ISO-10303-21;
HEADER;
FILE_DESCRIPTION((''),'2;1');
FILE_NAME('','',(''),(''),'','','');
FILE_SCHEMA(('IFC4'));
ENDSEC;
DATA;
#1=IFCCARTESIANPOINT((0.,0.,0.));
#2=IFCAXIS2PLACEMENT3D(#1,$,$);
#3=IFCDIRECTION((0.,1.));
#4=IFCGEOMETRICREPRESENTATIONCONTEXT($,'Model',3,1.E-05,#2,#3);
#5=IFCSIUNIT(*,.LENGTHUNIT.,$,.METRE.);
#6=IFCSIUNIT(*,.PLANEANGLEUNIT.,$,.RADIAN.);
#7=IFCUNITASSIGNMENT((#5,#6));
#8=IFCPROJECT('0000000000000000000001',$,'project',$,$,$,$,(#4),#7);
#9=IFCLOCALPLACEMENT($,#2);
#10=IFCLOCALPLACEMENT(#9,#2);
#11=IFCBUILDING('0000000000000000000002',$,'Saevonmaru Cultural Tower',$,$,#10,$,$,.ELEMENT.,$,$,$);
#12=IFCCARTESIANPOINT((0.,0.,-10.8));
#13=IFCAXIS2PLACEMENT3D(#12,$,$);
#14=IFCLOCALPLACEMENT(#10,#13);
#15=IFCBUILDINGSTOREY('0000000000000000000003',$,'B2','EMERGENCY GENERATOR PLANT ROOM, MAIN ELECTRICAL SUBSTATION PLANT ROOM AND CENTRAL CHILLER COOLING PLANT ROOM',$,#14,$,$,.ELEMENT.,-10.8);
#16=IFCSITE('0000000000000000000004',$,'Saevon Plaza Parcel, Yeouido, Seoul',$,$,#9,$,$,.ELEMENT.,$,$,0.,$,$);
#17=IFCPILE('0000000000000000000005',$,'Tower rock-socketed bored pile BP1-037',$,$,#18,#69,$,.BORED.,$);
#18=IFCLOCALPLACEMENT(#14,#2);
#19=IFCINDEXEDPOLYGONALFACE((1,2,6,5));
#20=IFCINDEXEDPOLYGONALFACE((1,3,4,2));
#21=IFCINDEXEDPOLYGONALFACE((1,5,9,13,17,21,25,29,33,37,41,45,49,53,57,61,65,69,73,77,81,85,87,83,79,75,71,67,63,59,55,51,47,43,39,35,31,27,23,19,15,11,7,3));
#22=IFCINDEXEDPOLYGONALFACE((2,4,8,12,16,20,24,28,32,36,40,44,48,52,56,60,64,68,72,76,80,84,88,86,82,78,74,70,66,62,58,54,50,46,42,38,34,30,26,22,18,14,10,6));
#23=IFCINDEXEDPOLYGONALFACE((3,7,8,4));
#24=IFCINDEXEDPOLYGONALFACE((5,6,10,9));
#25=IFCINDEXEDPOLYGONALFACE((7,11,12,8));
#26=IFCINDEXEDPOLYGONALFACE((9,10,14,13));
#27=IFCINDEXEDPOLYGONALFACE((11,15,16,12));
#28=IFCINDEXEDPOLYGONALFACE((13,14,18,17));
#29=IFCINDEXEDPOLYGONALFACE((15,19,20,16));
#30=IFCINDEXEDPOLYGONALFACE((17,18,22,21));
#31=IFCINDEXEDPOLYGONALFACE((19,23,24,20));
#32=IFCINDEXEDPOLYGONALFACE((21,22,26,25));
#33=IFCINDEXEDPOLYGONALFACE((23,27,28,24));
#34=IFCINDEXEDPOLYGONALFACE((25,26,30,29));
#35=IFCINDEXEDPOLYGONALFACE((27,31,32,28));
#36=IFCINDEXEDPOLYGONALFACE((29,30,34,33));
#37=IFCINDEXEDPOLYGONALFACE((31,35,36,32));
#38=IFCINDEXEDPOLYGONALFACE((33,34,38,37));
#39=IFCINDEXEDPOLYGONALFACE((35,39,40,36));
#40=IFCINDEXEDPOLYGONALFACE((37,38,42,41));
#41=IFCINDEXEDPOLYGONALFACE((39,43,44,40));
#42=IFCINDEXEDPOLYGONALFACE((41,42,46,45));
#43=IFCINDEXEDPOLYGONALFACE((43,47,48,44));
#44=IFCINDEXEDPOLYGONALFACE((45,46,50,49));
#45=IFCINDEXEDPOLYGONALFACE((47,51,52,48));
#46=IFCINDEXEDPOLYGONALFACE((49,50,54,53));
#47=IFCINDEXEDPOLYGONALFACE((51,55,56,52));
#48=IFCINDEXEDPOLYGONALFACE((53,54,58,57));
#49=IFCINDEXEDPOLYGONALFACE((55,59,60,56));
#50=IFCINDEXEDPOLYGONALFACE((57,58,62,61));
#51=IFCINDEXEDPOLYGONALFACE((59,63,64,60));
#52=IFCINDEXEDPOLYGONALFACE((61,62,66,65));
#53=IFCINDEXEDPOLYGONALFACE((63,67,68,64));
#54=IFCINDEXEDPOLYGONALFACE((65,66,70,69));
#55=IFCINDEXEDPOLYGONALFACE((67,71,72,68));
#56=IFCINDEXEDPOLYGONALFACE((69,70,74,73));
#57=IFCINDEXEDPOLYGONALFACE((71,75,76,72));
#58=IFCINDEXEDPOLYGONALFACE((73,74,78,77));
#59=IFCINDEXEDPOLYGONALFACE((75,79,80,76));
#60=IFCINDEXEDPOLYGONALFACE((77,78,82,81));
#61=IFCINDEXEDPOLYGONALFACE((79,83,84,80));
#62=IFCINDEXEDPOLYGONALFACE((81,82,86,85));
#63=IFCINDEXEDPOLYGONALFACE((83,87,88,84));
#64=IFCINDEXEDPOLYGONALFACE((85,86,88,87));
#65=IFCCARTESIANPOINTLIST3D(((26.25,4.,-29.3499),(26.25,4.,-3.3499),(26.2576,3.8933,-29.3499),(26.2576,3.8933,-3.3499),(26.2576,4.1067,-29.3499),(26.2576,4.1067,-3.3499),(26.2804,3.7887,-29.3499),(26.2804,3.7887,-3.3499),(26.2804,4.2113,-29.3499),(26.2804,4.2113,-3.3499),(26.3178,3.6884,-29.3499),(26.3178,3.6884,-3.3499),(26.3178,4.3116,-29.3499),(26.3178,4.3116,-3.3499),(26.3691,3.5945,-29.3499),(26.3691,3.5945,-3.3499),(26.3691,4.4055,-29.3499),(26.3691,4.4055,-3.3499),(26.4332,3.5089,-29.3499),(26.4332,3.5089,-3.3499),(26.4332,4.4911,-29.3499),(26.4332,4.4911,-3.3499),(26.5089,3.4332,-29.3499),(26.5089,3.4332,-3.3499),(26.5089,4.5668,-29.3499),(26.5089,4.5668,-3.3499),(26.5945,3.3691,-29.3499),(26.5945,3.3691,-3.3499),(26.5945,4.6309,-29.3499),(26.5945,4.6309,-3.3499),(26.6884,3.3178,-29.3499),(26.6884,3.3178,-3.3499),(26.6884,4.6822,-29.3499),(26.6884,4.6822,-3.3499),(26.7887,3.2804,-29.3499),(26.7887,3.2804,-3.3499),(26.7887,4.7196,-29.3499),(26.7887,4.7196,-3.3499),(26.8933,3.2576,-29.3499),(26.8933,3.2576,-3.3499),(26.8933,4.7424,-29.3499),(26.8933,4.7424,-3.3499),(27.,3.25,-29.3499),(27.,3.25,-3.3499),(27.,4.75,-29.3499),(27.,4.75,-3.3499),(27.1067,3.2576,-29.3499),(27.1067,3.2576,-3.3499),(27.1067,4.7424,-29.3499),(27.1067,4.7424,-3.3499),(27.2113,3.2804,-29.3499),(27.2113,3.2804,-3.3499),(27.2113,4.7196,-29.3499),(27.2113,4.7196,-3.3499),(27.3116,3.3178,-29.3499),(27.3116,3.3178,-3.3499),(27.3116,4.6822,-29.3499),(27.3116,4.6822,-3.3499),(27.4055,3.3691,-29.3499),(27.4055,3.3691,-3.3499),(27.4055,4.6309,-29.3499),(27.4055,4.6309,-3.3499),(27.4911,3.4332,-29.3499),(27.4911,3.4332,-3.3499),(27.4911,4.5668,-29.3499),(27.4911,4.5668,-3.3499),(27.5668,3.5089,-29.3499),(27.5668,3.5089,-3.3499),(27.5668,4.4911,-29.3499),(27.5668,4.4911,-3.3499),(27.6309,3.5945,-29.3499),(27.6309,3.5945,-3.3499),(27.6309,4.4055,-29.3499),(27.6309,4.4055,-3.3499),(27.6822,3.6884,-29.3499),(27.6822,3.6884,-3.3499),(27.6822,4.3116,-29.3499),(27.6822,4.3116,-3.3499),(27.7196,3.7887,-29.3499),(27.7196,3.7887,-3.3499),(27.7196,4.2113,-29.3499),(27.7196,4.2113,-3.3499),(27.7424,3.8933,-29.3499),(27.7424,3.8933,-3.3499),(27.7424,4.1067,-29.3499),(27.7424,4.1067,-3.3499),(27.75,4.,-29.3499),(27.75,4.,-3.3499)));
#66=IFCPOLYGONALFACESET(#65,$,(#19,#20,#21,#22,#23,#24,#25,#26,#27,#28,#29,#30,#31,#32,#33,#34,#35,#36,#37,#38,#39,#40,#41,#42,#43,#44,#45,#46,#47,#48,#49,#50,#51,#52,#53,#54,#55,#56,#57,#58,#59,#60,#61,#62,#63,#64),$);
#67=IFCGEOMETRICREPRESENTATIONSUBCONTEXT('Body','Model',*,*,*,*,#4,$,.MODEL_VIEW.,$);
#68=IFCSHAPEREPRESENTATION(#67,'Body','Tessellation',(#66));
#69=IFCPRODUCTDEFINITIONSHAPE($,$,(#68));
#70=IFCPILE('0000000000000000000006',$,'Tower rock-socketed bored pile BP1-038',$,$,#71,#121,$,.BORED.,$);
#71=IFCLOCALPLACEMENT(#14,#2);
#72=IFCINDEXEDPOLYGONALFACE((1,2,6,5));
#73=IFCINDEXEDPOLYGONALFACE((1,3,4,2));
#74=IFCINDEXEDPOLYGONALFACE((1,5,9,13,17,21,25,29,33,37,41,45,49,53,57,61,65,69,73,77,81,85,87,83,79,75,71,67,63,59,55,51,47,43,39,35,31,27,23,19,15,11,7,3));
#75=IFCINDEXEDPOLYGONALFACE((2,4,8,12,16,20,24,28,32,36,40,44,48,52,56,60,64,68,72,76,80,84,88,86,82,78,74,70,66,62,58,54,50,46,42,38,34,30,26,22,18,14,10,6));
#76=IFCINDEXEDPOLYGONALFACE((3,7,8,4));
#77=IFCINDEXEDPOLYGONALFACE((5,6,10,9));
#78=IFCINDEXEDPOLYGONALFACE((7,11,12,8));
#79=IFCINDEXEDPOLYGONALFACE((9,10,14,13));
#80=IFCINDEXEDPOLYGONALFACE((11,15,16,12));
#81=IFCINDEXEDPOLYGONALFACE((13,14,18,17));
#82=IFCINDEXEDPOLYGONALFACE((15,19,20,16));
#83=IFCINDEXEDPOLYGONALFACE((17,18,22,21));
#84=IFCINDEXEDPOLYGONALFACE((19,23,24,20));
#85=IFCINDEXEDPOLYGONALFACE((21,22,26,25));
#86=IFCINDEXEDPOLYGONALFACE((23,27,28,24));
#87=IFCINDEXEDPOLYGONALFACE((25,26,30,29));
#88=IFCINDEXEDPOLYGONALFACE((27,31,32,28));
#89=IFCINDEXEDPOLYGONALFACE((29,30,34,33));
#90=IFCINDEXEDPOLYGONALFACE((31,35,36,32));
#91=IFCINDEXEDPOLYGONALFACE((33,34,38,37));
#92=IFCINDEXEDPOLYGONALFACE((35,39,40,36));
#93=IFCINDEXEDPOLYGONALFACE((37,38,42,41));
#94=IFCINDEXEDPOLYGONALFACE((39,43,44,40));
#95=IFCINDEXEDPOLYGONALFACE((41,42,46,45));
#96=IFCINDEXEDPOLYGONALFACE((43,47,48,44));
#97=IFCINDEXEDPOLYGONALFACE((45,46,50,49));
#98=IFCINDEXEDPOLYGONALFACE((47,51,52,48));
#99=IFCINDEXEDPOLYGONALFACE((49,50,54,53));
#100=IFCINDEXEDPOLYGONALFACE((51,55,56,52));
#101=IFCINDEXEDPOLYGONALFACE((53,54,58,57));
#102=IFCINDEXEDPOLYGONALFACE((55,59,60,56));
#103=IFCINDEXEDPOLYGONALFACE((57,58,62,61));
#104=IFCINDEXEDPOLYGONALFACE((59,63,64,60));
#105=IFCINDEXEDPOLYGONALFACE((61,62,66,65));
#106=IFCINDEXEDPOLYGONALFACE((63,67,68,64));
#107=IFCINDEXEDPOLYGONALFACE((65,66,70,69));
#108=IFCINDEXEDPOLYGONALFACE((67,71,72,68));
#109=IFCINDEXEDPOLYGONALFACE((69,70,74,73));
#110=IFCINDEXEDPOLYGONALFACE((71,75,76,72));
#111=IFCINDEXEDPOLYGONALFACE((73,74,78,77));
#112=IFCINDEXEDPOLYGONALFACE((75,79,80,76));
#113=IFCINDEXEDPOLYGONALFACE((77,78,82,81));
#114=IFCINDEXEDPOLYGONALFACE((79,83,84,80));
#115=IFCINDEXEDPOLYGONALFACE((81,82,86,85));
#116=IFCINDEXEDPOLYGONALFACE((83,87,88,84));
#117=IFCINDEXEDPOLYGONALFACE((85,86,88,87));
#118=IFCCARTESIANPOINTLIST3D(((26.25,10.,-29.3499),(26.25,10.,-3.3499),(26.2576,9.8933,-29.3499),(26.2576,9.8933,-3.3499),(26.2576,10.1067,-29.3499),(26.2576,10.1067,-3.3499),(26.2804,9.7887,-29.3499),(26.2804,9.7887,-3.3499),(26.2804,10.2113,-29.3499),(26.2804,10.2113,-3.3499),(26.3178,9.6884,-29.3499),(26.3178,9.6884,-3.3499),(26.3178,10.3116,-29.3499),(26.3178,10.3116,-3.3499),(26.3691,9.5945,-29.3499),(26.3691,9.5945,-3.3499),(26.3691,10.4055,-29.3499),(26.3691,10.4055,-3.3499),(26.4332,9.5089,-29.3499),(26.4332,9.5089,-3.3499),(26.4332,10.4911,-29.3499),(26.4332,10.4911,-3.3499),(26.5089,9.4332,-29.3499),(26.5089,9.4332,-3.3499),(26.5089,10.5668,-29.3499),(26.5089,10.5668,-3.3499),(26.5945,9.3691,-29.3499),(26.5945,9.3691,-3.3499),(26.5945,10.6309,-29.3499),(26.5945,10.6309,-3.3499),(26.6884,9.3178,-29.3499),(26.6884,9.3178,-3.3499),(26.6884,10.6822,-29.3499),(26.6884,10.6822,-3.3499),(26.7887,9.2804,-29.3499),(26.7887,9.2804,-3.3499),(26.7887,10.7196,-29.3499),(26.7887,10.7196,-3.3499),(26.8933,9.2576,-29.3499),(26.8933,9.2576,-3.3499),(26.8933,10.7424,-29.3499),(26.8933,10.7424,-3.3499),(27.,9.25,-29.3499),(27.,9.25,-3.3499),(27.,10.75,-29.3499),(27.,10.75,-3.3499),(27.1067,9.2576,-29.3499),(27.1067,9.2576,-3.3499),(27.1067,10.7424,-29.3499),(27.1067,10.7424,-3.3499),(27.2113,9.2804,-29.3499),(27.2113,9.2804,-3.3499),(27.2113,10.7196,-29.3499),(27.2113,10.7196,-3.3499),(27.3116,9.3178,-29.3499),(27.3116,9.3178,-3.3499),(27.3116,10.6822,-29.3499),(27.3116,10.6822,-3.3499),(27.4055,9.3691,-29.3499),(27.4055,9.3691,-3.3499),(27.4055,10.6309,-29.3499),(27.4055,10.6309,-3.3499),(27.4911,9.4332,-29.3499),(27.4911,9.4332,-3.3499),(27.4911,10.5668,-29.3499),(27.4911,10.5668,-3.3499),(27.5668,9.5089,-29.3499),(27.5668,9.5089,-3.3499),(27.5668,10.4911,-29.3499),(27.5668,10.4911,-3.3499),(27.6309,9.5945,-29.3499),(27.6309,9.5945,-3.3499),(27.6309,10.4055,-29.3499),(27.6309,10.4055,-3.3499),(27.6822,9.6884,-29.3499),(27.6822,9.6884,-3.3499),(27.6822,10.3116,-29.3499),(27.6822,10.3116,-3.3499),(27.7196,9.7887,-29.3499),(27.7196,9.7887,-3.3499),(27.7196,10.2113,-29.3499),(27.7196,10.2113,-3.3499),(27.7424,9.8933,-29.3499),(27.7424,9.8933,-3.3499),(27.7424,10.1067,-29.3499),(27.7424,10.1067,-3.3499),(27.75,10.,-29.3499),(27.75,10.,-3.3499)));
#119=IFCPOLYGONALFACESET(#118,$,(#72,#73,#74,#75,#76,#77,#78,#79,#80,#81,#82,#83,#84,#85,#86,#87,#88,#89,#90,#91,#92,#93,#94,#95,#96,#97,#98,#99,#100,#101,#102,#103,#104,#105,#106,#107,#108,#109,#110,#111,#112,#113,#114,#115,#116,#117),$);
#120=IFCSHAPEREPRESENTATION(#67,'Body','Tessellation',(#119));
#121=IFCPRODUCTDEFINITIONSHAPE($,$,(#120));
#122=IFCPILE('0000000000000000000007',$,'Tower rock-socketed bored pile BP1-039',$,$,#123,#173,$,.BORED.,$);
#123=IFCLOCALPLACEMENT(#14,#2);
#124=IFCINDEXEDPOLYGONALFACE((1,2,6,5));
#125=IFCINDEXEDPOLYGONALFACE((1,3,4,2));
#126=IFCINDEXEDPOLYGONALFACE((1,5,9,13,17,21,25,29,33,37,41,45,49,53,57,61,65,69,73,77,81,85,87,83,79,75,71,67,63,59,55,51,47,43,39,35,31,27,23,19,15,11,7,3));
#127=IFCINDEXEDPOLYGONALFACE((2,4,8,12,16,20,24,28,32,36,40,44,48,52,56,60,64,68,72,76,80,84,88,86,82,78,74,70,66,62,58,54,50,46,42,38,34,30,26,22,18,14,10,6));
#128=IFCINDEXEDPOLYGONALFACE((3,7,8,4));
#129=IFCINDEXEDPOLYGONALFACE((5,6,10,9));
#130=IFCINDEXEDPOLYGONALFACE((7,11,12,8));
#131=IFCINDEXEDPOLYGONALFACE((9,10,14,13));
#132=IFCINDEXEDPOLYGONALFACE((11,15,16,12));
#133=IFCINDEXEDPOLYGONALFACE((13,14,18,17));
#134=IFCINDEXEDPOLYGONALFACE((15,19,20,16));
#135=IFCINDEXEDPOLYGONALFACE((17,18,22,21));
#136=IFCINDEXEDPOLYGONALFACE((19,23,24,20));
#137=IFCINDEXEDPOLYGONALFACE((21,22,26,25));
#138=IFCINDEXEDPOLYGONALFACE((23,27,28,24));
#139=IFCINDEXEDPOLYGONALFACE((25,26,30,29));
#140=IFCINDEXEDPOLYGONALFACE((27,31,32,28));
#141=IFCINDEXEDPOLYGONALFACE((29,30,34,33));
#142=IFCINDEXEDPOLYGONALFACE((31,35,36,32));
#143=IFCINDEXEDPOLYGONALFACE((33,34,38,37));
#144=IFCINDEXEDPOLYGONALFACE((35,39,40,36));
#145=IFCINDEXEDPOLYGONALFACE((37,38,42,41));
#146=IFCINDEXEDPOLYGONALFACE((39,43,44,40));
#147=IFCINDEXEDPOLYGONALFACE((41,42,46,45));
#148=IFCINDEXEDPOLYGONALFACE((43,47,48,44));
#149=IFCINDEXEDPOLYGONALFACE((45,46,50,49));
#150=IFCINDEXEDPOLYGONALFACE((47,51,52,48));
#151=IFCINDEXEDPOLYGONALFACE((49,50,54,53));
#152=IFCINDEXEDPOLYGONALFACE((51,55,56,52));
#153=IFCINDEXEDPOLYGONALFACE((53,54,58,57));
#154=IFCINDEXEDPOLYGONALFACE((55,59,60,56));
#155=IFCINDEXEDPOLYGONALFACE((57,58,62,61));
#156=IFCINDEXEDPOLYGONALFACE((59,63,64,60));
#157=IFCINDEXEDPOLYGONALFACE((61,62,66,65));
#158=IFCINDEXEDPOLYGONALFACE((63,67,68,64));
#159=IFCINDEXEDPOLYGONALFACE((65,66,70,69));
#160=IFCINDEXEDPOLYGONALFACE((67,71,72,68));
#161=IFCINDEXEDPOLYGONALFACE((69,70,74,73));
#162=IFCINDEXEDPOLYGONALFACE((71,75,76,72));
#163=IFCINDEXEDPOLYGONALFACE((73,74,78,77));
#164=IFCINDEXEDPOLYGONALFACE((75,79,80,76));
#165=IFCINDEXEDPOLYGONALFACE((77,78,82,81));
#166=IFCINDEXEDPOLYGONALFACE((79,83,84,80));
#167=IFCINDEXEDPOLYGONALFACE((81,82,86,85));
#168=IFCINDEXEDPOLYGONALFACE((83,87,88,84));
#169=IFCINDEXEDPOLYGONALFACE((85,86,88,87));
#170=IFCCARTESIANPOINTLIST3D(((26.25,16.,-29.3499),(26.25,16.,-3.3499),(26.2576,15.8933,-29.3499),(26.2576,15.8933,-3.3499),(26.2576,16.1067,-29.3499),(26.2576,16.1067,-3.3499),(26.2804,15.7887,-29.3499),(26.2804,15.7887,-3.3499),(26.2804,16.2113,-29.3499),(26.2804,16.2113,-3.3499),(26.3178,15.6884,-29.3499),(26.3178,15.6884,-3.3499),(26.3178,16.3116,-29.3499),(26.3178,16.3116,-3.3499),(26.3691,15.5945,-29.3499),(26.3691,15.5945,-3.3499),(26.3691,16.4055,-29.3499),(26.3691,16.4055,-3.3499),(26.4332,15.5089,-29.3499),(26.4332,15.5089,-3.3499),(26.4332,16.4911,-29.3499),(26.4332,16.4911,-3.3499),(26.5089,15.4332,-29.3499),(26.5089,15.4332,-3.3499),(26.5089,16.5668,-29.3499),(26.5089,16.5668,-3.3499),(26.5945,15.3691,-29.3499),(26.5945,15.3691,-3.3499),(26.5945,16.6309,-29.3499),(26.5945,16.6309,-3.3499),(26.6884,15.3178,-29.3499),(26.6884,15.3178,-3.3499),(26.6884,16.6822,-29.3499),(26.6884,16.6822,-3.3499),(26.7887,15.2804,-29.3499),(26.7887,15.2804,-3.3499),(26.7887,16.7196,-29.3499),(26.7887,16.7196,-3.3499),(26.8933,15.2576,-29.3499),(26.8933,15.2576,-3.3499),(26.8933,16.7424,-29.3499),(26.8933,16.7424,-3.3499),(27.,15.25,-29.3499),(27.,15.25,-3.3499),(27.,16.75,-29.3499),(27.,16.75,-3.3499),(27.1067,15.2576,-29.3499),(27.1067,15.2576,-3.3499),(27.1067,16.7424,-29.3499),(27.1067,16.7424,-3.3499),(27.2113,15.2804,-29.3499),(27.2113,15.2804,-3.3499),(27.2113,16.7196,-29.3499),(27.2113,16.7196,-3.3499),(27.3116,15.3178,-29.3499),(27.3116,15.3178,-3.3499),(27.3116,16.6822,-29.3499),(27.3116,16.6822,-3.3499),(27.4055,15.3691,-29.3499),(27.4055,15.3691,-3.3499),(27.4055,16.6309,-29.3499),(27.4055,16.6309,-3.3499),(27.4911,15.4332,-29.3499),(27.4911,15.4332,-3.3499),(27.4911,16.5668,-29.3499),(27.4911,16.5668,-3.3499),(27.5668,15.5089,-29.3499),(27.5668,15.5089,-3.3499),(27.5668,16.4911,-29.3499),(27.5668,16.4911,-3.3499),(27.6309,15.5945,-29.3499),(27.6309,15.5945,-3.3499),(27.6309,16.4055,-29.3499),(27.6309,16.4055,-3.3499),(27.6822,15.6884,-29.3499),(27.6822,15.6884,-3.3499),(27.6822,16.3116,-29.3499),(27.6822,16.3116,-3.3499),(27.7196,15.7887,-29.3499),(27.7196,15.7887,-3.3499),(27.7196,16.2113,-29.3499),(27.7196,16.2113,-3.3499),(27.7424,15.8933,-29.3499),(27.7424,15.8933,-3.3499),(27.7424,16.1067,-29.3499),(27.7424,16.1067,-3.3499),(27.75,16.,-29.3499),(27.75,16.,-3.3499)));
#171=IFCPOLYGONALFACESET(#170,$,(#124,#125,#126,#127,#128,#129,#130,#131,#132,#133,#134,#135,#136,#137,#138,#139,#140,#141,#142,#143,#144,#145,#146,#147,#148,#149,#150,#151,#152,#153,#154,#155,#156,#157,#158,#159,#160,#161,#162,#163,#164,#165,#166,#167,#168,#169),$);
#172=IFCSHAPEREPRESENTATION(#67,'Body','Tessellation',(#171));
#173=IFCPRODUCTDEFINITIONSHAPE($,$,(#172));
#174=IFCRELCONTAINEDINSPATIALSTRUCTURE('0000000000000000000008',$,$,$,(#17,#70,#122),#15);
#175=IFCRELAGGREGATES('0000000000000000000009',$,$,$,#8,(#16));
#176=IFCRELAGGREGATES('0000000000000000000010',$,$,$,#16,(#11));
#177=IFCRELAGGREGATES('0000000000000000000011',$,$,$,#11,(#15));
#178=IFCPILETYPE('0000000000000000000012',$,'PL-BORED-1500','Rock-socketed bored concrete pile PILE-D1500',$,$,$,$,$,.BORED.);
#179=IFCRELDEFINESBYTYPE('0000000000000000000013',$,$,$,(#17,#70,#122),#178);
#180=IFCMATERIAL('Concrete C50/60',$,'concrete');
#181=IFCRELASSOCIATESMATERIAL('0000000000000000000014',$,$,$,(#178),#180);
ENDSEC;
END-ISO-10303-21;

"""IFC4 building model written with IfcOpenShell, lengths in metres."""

from ifc_helpers import new_model, si_unit, direction, frame, origin, origin_2d, place, context, subcontext, project, spatial, circle, extrude, material, material_profile, profile_set, type_object, element, save


model = new_model("IFC4")

# Units and contexts
model_context = context("Model", 3, precision=1e-05, world=origin(), true_north=direction((0.0, 1.0)))
body_context = subcontext(model_context, "Body", "Model", "MODEL_VIEW")
ifc_project = project(units=[si_unit("LENGTHUNIT", "METRE"), si_unit("PLANEANGLEUNIT", "RADIAN")], contexts=[model_context])

# Site, building, storey
site_placement = place(None, origin())
site = spatial("IfcSite", under=ifc_project, at=site_placement, Name="Saevon Plaza Parcel, Yeouido, Seoul", CompositionType="ELEMENT", RefElevation=0.0)
building_placement = place(site_placement, origin())
building = spatial("IfcBuilding", under=site, at=building_placement, Name="Saevonmaru Cultural Tower", CompositionType="ELEMENT")
storey_placement = place(building_placement, frame((0.0, 0.0, -10.8)))
storey = spatial("IfcBuildingStorey", under=building, at=storey_placement, Name="B2", Description="EMERGENCY GENERATOR PLANT ROOM, MAIN ELECTRICAL SUBSTATION PLANT ROOM AND CENTRAL CHILLER COOLING PLANT ROOM", CompositionType="ELEMENT", Elevation=-10.8)

# Piles
ifc_material_1 = material(Name="Concrete C50/60", Category="concrete")
ifc_material_profile_1 = material_profile(ifc_material_1, circle(Radius=0.75, at=origin_2d()), Name="PILE-D1500")
ifc_profile_set_1 = profile_set([ifc_material_profile_1], Name="Concrete C50/60")
pile_type = type_object("IfcPileType", Name="PL-BORED-1500", Description="Rock-socketed bored concrete pile PILE-D1500", PredefinedType="BORED", material=ifc_profile_set_1)
for number, where, z_axis, x_axis, name in (
    (1, (27.0, 4.0, -3.3499), (0.0, 0.0, -1.0), (1.0, 0.0, 0.0), "Tower rock-socketed bored pile BP1-037"),
    (2, (27.0, 10.0, -3.3499), (0.0, 0.0, -1.0), (1.0, 0.0, 0.0), "Tower rock-socketed bored pile BP1-038"),
    (3, (27.0, 16.0, -3.3499), (0.0, 0.0, -1.0), (1.0, 0.0, 0.0), "Tower rock-socketed bored pile BP1-039"),
):
    element("IfcPile", number, at=place(storey_placement, frame(where, z_axis=z_axis, x_axis=x_axis)), inside=storey, type_object=pile_type, Name=name, PredefinedType="BORED", context=body_context, shape_type="SweptSolid", body=[
        extrude(circle(Radius=0.75, at=origin_2d()), origin(), (0.0, 0.0, 1.0), 26.0),
    ])

save(model, "model.ifc")
